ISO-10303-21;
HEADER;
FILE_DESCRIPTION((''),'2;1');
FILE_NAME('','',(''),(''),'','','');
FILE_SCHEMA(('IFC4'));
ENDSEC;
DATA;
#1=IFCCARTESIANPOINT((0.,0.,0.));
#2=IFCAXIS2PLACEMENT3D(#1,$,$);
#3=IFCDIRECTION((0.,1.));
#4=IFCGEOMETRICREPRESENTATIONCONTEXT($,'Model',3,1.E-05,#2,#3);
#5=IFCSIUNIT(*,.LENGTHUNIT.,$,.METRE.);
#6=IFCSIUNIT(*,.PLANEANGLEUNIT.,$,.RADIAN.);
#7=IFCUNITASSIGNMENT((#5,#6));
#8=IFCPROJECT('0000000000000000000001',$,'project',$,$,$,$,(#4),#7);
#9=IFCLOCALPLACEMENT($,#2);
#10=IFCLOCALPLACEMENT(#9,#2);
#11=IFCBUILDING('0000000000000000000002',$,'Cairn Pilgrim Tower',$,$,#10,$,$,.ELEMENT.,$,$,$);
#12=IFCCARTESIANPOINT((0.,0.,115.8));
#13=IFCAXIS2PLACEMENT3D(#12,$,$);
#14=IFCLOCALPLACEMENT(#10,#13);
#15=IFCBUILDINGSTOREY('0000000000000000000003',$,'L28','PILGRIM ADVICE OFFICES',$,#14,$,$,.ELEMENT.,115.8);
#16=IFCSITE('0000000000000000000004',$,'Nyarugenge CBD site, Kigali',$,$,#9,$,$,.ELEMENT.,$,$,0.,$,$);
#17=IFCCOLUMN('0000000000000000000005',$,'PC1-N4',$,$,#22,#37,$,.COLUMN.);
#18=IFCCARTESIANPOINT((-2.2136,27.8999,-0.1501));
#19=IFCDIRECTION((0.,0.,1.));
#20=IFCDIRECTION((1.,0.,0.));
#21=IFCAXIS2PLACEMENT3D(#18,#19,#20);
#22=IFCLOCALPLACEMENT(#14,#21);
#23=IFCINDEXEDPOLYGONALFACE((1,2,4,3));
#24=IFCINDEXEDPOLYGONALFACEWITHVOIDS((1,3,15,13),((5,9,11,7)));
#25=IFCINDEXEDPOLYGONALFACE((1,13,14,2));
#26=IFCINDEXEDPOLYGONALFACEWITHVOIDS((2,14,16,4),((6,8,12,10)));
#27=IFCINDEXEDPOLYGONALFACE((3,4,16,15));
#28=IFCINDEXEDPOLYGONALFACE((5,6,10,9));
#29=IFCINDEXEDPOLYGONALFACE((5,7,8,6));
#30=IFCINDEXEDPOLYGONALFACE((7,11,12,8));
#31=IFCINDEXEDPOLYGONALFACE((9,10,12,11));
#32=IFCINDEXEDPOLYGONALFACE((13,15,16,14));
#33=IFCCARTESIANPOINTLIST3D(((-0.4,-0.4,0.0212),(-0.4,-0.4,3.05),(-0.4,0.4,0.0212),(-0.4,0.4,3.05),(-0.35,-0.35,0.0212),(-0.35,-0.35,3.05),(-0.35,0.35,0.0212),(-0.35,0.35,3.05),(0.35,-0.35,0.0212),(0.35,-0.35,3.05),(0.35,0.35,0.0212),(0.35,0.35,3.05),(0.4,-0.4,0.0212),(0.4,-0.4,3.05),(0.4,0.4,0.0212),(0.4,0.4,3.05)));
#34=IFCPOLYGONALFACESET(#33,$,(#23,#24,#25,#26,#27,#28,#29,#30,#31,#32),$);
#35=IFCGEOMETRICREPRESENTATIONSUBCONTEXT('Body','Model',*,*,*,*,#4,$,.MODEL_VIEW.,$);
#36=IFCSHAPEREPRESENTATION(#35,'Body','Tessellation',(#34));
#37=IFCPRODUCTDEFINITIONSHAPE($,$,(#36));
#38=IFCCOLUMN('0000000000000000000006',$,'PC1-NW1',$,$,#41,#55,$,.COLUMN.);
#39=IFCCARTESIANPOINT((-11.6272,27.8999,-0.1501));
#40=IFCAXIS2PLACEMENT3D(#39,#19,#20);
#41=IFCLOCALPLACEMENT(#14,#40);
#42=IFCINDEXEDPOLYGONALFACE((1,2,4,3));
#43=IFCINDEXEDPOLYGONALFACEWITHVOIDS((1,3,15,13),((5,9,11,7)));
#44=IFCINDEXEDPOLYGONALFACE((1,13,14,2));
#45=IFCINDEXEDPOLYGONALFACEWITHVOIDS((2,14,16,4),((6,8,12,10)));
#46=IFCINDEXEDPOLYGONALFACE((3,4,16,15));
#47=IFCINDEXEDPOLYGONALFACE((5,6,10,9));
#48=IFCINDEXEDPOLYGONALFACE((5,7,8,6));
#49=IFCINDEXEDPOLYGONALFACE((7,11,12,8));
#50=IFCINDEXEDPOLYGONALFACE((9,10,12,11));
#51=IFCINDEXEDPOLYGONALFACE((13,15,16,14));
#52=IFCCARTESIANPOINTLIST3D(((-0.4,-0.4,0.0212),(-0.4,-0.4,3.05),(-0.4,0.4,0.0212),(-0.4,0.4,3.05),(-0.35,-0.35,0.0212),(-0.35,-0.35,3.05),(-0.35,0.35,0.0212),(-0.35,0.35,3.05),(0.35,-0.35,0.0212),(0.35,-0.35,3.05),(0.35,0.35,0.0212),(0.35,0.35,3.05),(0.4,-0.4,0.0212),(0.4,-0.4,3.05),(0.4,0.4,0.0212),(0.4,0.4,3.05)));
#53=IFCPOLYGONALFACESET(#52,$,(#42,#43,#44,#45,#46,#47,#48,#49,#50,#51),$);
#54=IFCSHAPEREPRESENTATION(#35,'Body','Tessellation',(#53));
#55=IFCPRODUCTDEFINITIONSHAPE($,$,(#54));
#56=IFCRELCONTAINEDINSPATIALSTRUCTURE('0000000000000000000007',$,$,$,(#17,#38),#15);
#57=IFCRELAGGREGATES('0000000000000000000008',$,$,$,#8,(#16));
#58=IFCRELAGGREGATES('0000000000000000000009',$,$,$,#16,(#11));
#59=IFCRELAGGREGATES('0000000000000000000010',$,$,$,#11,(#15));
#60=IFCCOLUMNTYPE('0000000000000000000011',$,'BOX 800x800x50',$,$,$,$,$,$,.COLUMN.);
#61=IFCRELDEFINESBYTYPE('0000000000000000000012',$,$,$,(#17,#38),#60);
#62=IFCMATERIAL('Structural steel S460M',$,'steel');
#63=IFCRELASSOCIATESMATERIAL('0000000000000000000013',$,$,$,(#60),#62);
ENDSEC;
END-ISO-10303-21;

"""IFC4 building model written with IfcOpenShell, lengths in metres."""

from ifc_helpers import new_model, si_unit, direction, frame, origin, origin_2d, place, context, subcontext, project, spatial, hollow_rectangle, extrude, clip, halfspace, material, material_profile, profile_set, type_object, element, save


model = new_model("IFC4")

# Units and contexts
model_context = context("Model", 3, precision=1e-05, world=origin(), true_north=direction((0.0, 1.0)))
body_context = subcontext(model_context, "Body", "Model", "MODEL_VIEW")
ifc_project = project(units=[si_unit("LENGTHUNIT", "METRE"), si_unit("PLANEANGLEUNIT", "RADIAN")], contexts=[model_context])

# Site, building, storey
site_placement = place(None, origin())
site = spatial("IfcSite", under=ifc_project, at=site_placement, Name="Nyarugenge CBD site, Kigali", CompositionType="ELEMENT", RefElevation=0.0)
building_placement = place(site_placement, origin())
building = spatial("IfcBuilding", under=site, at=building_placement, Name="Cairn Pilgrim Tower", CompositionType="ELEMENT")
storey_placement = place(building_placement, frame((0.0, 0.0, 115.8)))
storey = spatial("IfcBuildingStorey", under=building, at=storey_placement, Name="L28", Description="PILGRIM ADVICE OFFICES", CompositionType="ELEMENT", Elevation=115.8)

# Columns
ifc_material_1 = material(Name="Structural steel S460M", Category="steel")
ifc_material_profile_1 = material_profile(ifc_material_1, hollow_rectangle(XDim=0.8, YDim=0.8, WallThickness=0.05, at=origin_2d()), Name="BOX 800x800x50")
ifc_profile_set_1 = profile_set([ifc_material_profile_1], Name="Structural steel S460M")
column_type = type_object("IfcColumnType", Name="BOX 800x800x50", PredefinedType="COLUMN", material=ifc_profile_set_1)
for number, where, z_axis, x_axis, name in (
    (1, (-2.2136, 27.8999, -0.1501), (0.0, 0.0, 1.0), (1.0, 0.0, 0.0), "PC1-N4"),
    (2, (-11.6272, 27.8999, -0.1501), (0.0, 0.0, 1.0), (1.0, 0.0, 0.0), "PC1-NW1"),
):
    element("IfcColumn", number, at=place(storey_placement, frame(where, z_axis=z_axis, x_axis=x_axis)), inside=storey, type_object=column_type, Name=name, PredefinedType="COLUMN", context=body_context, shape_type="Clipping", body=[
        clip(clip(extrude(hollow_rectangle(XDim=0.8, YDim=0.8, WallThickness=0.05, at=origin_2d()), origin(), (0.0, 0.0, 1.0), 3.5), halfspace(frame((0.0, 0.0, 0.0212), z_axis=(0.0, 0.0, 1.0), x_axis=(1.0, 0.0, 0.0)), True)), halfspace(frame((0.0, 0.0, 3.05), z_axis=(0.0, 0.0, 1.0), x_axis=(1.0, 0.0, 0.0)), False)),
    ])

save(model, "model.ifc")
